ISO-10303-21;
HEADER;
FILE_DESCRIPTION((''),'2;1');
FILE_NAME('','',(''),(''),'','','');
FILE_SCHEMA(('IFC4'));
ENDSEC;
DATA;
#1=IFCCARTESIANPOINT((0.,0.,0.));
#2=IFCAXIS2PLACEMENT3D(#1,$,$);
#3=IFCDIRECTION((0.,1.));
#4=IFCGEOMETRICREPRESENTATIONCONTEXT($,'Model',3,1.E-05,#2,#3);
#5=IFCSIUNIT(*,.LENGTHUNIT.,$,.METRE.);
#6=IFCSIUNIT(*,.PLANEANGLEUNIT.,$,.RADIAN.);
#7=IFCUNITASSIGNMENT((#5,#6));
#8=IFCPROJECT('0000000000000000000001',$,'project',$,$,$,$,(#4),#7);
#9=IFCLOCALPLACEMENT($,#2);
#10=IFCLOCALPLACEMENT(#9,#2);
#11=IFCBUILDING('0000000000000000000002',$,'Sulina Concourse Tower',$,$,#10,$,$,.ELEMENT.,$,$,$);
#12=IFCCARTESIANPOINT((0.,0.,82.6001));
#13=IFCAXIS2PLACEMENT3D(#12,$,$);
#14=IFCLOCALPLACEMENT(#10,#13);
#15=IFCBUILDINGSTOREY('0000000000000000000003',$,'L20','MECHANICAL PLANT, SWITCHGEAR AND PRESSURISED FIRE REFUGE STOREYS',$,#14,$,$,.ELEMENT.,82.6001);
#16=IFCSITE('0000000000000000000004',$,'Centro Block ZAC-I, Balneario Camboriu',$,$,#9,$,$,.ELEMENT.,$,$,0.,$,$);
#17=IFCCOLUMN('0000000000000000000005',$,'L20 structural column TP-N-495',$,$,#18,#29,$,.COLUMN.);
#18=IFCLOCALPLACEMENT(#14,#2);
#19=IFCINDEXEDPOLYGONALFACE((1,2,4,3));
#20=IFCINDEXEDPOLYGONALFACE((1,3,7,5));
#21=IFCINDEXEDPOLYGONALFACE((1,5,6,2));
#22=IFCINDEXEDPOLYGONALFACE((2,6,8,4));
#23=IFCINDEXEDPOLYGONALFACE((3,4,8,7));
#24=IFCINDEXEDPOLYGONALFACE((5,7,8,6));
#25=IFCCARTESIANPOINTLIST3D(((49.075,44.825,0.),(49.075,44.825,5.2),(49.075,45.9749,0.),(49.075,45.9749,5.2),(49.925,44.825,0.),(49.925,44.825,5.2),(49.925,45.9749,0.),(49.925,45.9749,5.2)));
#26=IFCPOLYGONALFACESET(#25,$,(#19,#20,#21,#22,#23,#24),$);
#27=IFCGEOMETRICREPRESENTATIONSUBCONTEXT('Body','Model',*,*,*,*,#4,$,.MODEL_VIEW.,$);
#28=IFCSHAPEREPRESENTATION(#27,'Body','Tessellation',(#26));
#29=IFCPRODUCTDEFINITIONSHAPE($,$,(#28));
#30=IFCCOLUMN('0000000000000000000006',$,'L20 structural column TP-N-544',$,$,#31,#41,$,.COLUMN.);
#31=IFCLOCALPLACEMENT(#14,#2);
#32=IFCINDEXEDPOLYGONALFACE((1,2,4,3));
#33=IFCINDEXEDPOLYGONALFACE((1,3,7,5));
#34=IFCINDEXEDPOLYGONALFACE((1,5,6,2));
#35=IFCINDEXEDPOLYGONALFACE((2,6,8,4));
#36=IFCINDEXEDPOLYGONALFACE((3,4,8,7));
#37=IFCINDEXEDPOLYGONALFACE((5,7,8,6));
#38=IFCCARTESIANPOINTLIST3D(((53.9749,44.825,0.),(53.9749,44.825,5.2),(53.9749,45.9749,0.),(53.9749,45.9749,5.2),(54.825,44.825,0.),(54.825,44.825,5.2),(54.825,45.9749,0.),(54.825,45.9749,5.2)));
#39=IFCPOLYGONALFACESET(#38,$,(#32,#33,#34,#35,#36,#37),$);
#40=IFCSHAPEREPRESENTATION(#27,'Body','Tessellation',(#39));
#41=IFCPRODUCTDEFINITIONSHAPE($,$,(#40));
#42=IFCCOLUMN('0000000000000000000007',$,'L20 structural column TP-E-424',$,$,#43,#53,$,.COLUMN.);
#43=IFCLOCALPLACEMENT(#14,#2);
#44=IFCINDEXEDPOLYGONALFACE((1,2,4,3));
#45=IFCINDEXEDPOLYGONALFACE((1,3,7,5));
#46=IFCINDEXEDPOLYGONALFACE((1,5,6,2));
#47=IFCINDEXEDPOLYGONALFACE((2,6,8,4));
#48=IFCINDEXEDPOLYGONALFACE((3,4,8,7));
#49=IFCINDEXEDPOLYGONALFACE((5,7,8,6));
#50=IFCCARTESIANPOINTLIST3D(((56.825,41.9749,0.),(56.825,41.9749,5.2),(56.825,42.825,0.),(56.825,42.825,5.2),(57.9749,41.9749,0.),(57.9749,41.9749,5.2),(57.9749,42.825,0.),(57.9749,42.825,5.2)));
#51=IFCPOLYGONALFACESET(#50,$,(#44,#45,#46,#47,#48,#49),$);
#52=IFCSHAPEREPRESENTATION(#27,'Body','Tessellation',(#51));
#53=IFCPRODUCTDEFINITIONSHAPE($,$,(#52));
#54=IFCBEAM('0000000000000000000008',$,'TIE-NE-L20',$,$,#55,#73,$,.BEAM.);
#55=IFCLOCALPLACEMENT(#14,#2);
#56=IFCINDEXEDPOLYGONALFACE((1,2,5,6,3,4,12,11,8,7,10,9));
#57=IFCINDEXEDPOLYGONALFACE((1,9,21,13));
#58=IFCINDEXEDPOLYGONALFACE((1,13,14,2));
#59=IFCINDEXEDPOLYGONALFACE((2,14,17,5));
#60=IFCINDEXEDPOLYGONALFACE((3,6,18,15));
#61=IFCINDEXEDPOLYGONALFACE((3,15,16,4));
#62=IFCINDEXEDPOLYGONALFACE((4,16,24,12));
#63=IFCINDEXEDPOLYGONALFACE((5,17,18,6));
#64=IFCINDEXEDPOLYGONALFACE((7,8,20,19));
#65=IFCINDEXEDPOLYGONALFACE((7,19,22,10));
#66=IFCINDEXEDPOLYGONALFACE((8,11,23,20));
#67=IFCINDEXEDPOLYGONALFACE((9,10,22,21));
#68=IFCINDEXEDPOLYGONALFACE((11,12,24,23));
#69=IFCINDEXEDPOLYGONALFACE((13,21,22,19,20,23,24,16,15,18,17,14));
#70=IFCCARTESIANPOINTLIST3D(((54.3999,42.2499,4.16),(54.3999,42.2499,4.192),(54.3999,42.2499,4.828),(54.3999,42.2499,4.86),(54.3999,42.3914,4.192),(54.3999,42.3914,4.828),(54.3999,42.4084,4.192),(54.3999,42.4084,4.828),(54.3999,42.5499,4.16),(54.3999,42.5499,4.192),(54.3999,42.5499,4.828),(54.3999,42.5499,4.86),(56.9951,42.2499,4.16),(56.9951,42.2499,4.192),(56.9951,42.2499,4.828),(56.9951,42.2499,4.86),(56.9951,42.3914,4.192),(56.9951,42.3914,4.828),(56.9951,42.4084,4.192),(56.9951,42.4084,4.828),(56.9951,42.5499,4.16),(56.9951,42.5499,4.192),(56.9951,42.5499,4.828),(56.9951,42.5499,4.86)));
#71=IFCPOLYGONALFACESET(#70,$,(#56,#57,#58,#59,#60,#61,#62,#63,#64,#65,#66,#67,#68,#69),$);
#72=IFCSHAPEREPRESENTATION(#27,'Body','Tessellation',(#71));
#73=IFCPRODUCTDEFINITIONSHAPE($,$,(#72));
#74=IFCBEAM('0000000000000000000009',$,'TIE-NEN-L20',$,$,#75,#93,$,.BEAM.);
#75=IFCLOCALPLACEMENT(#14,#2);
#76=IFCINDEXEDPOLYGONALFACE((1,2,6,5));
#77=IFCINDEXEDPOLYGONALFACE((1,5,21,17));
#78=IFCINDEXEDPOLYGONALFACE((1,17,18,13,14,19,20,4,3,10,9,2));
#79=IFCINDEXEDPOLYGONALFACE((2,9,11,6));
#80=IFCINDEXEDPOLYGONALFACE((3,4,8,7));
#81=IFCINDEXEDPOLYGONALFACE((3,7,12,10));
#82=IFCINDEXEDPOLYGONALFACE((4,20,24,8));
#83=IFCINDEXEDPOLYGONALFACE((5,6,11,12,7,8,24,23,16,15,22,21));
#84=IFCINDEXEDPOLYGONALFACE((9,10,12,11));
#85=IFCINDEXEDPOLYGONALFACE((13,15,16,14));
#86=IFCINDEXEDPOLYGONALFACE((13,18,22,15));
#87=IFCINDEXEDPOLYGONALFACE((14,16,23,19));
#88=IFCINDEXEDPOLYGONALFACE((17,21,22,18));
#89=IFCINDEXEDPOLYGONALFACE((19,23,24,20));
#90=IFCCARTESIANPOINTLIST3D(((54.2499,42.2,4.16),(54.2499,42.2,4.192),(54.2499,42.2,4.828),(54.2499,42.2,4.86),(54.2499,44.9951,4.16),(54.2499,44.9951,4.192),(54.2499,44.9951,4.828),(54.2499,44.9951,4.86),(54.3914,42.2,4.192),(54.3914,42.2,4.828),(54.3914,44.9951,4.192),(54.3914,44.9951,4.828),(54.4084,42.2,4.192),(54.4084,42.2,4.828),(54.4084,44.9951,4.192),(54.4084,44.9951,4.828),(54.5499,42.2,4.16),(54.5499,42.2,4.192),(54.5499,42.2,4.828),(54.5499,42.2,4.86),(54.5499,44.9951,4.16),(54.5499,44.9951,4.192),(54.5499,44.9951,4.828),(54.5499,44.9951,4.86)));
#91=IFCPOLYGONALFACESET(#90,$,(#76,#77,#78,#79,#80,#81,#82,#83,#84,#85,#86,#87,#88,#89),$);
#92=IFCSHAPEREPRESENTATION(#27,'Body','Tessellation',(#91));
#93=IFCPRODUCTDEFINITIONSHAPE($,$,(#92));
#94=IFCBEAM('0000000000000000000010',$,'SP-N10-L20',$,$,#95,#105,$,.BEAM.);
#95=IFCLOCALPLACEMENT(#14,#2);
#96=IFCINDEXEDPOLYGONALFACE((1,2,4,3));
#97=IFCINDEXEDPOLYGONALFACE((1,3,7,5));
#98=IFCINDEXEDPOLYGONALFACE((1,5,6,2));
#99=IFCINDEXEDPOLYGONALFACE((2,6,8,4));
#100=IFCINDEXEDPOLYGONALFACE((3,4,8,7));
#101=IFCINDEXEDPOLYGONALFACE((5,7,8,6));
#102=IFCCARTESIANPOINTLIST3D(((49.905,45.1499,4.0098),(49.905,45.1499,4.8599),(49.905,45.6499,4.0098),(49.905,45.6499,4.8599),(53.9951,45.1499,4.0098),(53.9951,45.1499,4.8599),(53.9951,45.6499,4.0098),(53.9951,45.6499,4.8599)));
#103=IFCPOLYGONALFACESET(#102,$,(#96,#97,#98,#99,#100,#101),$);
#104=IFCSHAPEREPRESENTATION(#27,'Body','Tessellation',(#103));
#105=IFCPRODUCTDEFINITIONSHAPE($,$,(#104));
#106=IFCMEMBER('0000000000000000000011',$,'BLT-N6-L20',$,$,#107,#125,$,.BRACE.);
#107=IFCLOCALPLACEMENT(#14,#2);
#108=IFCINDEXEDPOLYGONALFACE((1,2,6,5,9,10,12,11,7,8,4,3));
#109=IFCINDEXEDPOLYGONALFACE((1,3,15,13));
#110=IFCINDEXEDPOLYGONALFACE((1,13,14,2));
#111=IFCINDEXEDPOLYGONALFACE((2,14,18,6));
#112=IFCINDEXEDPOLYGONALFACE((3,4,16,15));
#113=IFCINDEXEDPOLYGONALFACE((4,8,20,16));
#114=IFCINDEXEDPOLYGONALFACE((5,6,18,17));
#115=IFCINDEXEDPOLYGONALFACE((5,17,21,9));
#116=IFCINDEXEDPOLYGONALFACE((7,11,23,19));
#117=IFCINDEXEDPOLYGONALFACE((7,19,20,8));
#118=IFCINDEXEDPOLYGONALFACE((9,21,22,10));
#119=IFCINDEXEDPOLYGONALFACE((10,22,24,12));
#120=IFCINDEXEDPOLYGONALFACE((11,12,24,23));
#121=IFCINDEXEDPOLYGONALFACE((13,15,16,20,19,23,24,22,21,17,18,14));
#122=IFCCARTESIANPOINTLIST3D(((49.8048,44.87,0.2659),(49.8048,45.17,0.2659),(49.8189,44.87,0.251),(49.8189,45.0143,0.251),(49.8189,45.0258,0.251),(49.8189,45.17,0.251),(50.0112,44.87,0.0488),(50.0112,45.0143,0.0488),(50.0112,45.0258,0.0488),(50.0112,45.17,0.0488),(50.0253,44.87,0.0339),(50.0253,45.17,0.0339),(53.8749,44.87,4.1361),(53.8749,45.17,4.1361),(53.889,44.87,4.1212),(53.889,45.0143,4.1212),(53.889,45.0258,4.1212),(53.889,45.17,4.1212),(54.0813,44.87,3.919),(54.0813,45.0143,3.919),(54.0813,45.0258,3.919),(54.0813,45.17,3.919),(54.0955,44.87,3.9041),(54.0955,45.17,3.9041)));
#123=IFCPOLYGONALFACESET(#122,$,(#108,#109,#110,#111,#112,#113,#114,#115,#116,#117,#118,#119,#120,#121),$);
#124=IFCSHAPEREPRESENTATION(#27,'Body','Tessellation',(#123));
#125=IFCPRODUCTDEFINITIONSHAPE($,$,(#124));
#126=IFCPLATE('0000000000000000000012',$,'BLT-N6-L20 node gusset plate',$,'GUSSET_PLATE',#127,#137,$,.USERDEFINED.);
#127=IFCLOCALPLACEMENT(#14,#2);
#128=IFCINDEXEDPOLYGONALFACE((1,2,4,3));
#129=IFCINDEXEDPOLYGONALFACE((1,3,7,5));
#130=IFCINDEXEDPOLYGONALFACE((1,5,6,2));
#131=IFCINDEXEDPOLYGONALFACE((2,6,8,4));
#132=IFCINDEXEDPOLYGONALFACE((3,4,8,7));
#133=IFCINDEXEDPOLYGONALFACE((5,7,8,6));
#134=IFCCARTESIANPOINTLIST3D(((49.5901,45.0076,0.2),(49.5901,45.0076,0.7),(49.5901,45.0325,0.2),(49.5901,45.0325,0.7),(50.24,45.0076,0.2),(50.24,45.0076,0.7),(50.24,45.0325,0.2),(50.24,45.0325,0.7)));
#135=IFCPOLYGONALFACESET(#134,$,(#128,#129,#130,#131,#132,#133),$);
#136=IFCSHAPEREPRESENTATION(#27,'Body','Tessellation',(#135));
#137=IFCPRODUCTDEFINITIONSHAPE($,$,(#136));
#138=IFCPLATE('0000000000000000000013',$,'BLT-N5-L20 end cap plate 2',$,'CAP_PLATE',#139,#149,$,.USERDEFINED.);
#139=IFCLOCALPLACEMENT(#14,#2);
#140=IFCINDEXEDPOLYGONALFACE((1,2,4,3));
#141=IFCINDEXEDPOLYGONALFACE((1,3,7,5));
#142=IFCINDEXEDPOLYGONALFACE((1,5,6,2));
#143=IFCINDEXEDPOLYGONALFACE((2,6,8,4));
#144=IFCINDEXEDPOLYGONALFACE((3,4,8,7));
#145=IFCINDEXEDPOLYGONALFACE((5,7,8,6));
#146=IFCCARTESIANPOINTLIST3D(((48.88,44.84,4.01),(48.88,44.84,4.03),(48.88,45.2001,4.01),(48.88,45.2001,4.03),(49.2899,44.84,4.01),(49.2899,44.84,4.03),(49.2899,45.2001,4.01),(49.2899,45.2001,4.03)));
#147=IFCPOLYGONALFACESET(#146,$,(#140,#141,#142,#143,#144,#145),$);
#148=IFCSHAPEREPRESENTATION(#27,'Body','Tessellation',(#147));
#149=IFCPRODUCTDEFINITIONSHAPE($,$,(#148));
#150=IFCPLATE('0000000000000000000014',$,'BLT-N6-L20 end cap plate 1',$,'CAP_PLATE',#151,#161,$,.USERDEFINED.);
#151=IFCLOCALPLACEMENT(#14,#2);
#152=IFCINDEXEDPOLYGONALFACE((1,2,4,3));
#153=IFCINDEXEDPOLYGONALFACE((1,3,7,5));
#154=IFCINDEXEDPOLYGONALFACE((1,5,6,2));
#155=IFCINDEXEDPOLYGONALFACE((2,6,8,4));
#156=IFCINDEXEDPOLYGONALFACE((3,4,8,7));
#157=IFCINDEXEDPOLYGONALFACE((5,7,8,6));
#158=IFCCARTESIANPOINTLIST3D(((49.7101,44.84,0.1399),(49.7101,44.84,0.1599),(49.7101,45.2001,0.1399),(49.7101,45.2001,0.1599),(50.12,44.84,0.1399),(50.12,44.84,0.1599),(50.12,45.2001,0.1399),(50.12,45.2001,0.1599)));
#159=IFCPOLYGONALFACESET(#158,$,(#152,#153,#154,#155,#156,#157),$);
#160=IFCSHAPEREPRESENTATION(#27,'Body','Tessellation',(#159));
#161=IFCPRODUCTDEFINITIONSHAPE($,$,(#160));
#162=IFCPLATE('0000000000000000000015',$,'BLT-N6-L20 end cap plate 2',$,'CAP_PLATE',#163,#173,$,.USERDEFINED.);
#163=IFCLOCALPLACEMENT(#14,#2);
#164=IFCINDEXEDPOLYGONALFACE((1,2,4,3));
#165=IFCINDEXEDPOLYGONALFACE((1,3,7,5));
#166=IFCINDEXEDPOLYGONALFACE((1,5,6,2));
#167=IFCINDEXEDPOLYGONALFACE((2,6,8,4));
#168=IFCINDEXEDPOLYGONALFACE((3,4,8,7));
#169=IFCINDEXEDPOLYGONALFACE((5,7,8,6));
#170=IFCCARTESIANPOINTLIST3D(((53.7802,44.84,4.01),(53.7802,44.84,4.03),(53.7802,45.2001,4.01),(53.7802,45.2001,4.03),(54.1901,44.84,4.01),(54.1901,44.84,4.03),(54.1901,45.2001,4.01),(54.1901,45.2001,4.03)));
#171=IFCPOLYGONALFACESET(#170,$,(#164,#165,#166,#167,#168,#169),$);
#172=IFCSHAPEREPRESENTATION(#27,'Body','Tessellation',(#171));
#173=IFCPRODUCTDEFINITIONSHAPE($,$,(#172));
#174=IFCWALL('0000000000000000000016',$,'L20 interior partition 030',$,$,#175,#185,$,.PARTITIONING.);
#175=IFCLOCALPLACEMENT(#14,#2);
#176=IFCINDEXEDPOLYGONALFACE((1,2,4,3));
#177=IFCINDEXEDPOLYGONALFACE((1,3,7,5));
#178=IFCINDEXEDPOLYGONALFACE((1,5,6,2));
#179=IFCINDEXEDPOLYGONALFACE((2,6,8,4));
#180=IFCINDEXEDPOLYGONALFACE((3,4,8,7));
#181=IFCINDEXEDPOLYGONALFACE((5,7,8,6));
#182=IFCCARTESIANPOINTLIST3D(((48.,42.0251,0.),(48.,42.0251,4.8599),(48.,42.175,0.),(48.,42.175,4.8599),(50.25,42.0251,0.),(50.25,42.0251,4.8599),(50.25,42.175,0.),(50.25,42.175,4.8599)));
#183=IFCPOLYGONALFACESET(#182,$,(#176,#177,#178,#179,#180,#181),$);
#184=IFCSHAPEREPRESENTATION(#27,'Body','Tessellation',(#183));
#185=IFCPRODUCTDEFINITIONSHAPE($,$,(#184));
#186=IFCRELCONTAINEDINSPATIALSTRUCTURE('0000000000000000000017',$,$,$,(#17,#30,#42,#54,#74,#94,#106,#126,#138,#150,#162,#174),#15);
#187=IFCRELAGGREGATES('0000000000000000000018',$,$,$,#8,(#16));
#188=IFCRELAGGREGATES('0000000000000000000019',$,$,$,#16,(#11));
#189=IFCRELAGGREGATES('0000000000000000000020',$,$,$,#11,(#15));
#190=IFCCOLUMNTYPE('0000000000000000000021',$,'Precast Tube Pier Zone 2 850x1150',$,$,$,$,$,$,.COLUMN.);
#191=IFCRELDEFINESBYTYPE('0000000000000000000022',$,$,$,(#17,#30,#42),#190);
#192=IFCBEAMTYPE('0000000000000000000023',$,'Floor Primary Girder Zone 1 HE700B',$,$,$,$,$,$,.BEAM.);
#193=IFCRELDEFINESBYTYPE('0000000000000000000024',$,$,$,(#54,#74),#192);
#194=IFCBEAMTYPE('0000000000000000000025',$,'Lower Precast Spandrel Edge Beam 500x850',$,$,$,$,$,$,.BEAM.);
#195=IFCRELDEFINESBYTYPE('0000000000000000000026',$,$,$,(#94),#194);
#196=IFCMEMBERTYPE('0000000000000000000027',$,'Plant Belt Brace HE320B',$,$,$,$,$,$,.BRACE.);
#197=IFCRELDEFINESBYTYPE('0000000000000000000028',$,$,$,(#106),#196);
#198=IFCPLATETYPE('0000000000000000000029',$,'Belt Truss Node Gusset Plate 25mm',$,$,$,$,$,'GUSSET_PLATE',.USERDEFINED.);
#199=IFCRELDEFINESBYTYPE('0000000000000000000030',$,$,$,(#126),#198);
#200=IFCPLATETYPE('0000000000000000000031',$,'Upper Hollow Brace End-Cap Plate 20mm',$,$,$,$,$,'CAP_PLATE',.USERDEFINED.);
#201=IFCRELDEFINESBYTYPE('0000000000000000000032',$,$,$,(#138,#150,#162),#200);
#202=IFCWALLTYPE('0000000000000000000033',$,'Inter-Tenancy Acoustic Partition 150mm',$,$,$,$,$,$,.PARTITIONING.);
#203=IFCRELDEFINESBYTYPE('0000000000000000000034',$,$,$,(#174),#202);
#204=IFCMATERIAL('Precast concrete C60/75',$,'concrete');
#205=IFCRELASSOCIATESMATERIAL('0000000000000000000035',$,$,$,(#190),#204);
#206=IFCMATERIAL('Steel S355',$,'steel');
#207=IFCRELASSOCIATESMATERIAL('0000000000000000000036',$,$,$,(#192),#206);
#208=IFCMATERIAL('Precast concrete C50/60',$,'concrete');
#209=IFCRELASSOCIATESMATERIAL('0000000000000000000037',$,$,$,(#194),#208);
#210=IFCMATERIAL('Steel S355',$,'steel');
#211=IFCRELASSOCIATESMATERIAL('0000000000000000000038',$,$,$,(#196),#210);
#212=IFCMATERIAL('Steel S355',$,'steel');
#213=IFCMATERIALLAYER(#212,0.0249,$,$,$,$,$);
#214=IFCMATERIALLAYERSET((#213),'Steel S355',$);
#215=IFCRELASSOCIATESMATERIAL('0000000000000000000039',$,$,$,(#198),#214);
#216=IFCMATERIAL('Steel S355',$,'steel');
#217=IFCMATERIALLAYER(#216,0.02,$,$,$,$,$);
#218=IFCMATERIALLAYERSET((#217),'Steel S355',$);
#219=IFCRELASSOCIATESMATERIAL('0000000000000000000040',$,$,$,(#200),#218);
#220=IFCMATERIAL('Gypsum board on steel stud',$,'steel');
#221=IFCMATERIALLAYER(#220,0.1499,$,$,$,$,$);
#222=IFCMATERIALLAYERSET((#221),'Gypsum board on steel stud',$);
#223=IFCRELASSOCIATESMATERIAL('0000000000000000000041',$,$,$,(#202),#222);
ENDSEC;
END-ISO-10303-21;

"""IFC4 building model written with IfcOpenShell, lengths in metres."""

from ifc_helpers import new_model, si_unit, direction, frame, frame_2d, origin, origin_2d, place, context, subcontext, project, spatial, rectangle, i_section, extrude, material, layer, layer_set, material_profile, profile_set, type_object, element, save


model = new_model("IFC4")

# Units and contexts
model_context = context("Model", 3, precision=1e-05, world=origin(), true_north=direction((0.0, 1.0)))
body_context = subcontext(model_context, "Body", "Model", "MODEL_VIEW")
ifc_project = project(units=[si_unit("LENGTHUNIT", "METRE"), si_unit("PLANEANGLEUNIT", "RADIAN")], contexts=[model_context])

# Site, building, storey
site_placement = place(None, origin())
site = spatial("IfcSite", under=ifc_project, at=site_placement, Name="Centro Block ZAC-I, Balneario Camboriu", CompositionType="ELEMENT", RefElevation=0.0)
building_placement = place(site_placement, origin())
building = spatial("IfcBuilding", under=site, at=building_placement, Name="Sulina Concourse Tower", CompositionType="ELEMENT")
storey_placement = place(building_placement, frame((0.0, 0.0, 82.6001)))
storey = spatial("IfcBuildingStorey", under=building, at=storey_placement, Name="L20", Description="MECHANICAL PLANT, SWITCHGEAR AND PRESSURISED FIRE REFUGE STOREYS", CompositionType="ELEMENT", Elevation=82.6001)

# Columns
ifc_material_1 = material(Name="Precast concrete C60/75", Category="concrete")
ifc_material_profile_1 = material_profile(ifc_material_1, rectangle(XDim=0.8501, YDim=1.1499, at=origin_2d()), Name="PC 850x1150")
ifc_profile_set_1 = profile_set([ifc_material_profile_1], Name="Precast concrete C60/75")
column_type = type_object("IfcColumnType", Name="Precast Tube Pier Zone 2 850x1150", PredefinedType="COLUMN", material=ifc_profile_set_1)
for number, where, z_axis, x_axis, name in (
    (1, (49.5, 45.3999, 0.0), (0.0, 0.0, 1.0), (1.0, 0.0, 0.0), "L20 structural column TP-N-495"),
    (2, (54.3999, 45.3999, 0.0), (0.0, 0.0, 1.0), (1.0, 0.0, 0.0), "L20 structural column TP-N-544"),
    (3, (57.3999, 42.3999, 0.0), (0.0, 0.0, 1.0), (0.0, 1.0, 0.0), "L20 structural column TP-E-424"),
):
    element("IfcColumn", number, at=place(storey_placement, frame(where, z_axis=z_axis, x_axis=x_axis)), inside=storey, type_object=column_type, Name=name, PredefinedType="COLUMN", context=body_context, shape_type="SweptSolid", body=[
        extrude(rectangle(XDim=0.8501, YDim=1.1499, at=origin_2d()), origin(), (0.0, 0.0, 1.0), 5.2),
    ])

# Beams
ifc_material_2 = material(Name="Steel S355", Category="steel")
ifc_material_profile_2 = material_profile(ifc_material_2, i_section(OverallWidth=0.3, OverallDepth=0.7, WebThickness=0.0171, FlangeThickness=0.032, at=origin_2d()), Name="HE 700 B")
ifc_profile_set_2 = profile_set([ifc_material_profile_2], Name="Steel S355")
beam_type_1 = type_object("IfcBeamType", Name="Floor Primary Girder Zone 1 HE700B", PredefinedType="BEAM", material=ifc_profile_set_2)
beam_1_placement = place(storey_placement, frame((54.3999, 42.3999, 4.51), z_axis=(1.0, 0.0, 0.0), x_axis=(0.0, 1.0, 0.0)))
element("IfcBeam", 4, at=beam_1_placement, inside=storey, type_object=beam_type_1, Name="TIE-NE-L20", PredefinedType="BEAM", context=body_context, shape_type="SweptSolid", body=[
    extrude(i_section(OverallWidth=0.3, OverallDepth=0.7, WebThickness=0.0171, FlangeThickness=0.032, at=origin_2d()), origin(), (0.0, 0.0, 1.0), 2.5952),
])
beam_2_placement = place(storey_placement, frame((54.3999, 42.2, 4.51), z_axis=(0.0, 1.0, 0.0), x_axis=(-1.0, 0.0, 0.0)))
element("IfcBeam", 5, at=beam_2_placement, inside=storey, type_object=beam_type_1, Name="TIE-NEN-L20", PredefinedType="BEAM", context=body_context, shape_type="SweptSolid", body=[
    extrude(i_section(OverallWidth=0.3, OverallDepth=0.7, WebThickness=0.0171, FlangeThickness=0.032, at=origin_2d()), origin(), (0.0, 0.0, 1.0), 2.7952),
])
ifc_material_3 = material(Name="Precast concrete C50/60", Category="concrete")
ifc_material_profile_3 = material_profile(ifc_material_3, rectangle(XDim=0.5, YDim=0.8501, at=origin_2d()), Name="RC 500x850")
ifc_profile_set_3 = profile_set([ifc_material_profile_3], Name="Precast concrete C50/60")
beam_type_2 = type_object("IfcBeamType", Name="Lower Precast Spandrel Edge Beam 500x850", PredefinedType="BEAM", material=ifc_profile_set_3)
beam_3_placement = place(storey_placement, frame((49.905, 45.3999, 4.4348), z_axis=(1.0, 0.0, 0.0), x_axis=(0.0, 1.0, 0.0)))
element("IfcBeam", 6, at=beam_3_placement, inside=storey, type_object=beam_type_2, Name="SP-N10-L20", PredefinedType="BEAM", context=body_context, shape_type="SweptSolid", body=[
    extrude(rectangle(XDim=0.5, YDim=0.8501, at=origin_2d()), origin(), (0.0, 0.0, 1.0), 4.0901),
])

# Member
ifc_material_4 = material(Name="Steel S355", Category="steel")
ifc_material_profile_4 = material_profile(ifc_material_4, i_section(OverallWidth=0.3, OverallDepth=0.3201, WebThickness=0.0115, FlangeThickness=0.0205, at=origin_2d()), Name="HE 320 B")
ifc_profile_set_4 = profile_set([ifc_material_profile_4], Name="Steel S355")
member_type = type_object("IfcMemberType", Name="Plant Belt Brace HE320B", PredefinedType="BRACE", material=ifc_profile_set_4)
member_placement = place(storey_placement, frame((49.915, 45.02, 0.1499), z_axis=(0.724684, 0.0, 0.689082), x_axis=(0.0, 1.0, 0.0)))
element("IfcMember", 7, at=member_placement, inside=storey, type_object=member_type, Name="BLT-N6-L20", PredefinedType="BRACE", context=body_context, shape_type="SweptSolid", body=[
    extrude(i_section(OverallWidth=0.3, OverallDepth=0.3201, WebThickness=0.0115, FlangeThickness=0.0205, at=origin_2d()), origin(), (0.0, 0.0, 1.0), 5.6165),
])

# Plates
ifc_material_5 = material(Name="Steel S355", Category="steel")
ifc_layer_1 = layer(ifc_material_5, 0.0249)
ifc_layer_set_1 = layer_set([ifc_layer_1], Name="Steel S355")
plate_type_1 = type_object("IfcPlateType", Name="Belt Truss Node Gusset Plate 25mm", ElementType="GUSSET_PLATE", PredefinedType="USERDEFINED", material=ifc_layer_set_1)
plate_placement = place(storey_placement, frame((49.915, 45.02, 0.2), z_axis=(0.0, 0.0, 1.0), x_axis=(1.0, 0.0, 0.0)))
element("IfcPlate", 8, at=plate_placement, inside=storey, type_object=plate_type_1, Name="BLT-N6-L20 node gusset plate", ObjectType="GUSSET_PLATE", PredefinedType="USERDEFINED", context=body_context, shape_type="SweptSolid", body=[
    extrude(rectangle(XDim=0.6499, YDim=0.0249, at=origin_2d()), origin(), (0.0, 0.0, 1.0), 0.5),
])
ifc_material_6 = material(Name="Steel S355", Category="steel")
ifc_layer_2 = layer(ifc_material_6, 0.02)
ifc_layer_set_2 = layer_set([ifc_layer_2], Name="Steel S355")
plate_type_2 = type_object("IfcPlateType", Name="Upper Hollow Brace End-Cap Plate 20mm", ElementType="CAP_PLATE", PredefinedType="USERDEFINED", material=ifc_layer_set_2)
for number, where, z_axis, x_axis, name in (
    (9, (49.085, 45.02, 4.01), (0.0, 0.0, 1.0), (1.0, 0.0, 0.0), "BLT-N5-L20 end cap plate 2"),
    (10, (49.915, 45.02, 0.1399), (0.0, 0.0, 1.0), (1.0, 0.0, 0.0), "BLT-N6-L20 end cap plate 1"),
    (11, (53.9851, 45.02, 4.01), (0.0, 0.0, 1.0), (1.0, 0.0, 0.0), "BLT-N6-L20 end cap plate 2"),
):
    element("IfcPlate", number, at=place(storey_placement, frame(where, z_axis=z_axis, x_axis=x_axis)), inside=storey, type_object=plate_type_2, Name=name, ObjectType="CAP_PLATE", PredefinedType="USERDEFINED", context=body_context, shape_type="SweptSolid", body=[
        extrude(rectangle(XDim=0.4099, YDim=0.3601, at=origin_2d()), origin(), (0.0, 0.0, 1.0), 0.02),
    ])

# Wall
ifc_material_7 = material(Name="Gypsum board on steel stud", Category="steel")
ifc_layer_3 = layer(ifc_material_7, 0.1499)
ifc_layer_set_3 = layer_set([ifc_layer_3], Name="Gypsum board on steel stud")
wall_type_1 = type_object("IfcWallType", Name="Inter-Tenancy Acoustic Partition 150mm", PredefinedType="PARTITIONING", material=ifc_layer_set_3)
wall_1_placement = place(storey_placement, frame((48.0, 42.1001, 0.0), z_axis=(0.0, 0.0, 1.0), x_axis=(1.0, 0.0, 0.0)))
element("IfcWall", 12, at=wall_1_placement, inside=storey, type_object=wall_type_1, Name="L20 interior partition 030", PredefinedType="PARTITIONING", context=body_context, shape_type="SweptSolid", body=[
    extrude(rectangle(XDim=2.25, YDim=0.1499, at=frame_2d((1.125, 0.0))), origin(), (0.0, 0.0, 1.0), 4.8599),
])

save(model, "model.ifc")
